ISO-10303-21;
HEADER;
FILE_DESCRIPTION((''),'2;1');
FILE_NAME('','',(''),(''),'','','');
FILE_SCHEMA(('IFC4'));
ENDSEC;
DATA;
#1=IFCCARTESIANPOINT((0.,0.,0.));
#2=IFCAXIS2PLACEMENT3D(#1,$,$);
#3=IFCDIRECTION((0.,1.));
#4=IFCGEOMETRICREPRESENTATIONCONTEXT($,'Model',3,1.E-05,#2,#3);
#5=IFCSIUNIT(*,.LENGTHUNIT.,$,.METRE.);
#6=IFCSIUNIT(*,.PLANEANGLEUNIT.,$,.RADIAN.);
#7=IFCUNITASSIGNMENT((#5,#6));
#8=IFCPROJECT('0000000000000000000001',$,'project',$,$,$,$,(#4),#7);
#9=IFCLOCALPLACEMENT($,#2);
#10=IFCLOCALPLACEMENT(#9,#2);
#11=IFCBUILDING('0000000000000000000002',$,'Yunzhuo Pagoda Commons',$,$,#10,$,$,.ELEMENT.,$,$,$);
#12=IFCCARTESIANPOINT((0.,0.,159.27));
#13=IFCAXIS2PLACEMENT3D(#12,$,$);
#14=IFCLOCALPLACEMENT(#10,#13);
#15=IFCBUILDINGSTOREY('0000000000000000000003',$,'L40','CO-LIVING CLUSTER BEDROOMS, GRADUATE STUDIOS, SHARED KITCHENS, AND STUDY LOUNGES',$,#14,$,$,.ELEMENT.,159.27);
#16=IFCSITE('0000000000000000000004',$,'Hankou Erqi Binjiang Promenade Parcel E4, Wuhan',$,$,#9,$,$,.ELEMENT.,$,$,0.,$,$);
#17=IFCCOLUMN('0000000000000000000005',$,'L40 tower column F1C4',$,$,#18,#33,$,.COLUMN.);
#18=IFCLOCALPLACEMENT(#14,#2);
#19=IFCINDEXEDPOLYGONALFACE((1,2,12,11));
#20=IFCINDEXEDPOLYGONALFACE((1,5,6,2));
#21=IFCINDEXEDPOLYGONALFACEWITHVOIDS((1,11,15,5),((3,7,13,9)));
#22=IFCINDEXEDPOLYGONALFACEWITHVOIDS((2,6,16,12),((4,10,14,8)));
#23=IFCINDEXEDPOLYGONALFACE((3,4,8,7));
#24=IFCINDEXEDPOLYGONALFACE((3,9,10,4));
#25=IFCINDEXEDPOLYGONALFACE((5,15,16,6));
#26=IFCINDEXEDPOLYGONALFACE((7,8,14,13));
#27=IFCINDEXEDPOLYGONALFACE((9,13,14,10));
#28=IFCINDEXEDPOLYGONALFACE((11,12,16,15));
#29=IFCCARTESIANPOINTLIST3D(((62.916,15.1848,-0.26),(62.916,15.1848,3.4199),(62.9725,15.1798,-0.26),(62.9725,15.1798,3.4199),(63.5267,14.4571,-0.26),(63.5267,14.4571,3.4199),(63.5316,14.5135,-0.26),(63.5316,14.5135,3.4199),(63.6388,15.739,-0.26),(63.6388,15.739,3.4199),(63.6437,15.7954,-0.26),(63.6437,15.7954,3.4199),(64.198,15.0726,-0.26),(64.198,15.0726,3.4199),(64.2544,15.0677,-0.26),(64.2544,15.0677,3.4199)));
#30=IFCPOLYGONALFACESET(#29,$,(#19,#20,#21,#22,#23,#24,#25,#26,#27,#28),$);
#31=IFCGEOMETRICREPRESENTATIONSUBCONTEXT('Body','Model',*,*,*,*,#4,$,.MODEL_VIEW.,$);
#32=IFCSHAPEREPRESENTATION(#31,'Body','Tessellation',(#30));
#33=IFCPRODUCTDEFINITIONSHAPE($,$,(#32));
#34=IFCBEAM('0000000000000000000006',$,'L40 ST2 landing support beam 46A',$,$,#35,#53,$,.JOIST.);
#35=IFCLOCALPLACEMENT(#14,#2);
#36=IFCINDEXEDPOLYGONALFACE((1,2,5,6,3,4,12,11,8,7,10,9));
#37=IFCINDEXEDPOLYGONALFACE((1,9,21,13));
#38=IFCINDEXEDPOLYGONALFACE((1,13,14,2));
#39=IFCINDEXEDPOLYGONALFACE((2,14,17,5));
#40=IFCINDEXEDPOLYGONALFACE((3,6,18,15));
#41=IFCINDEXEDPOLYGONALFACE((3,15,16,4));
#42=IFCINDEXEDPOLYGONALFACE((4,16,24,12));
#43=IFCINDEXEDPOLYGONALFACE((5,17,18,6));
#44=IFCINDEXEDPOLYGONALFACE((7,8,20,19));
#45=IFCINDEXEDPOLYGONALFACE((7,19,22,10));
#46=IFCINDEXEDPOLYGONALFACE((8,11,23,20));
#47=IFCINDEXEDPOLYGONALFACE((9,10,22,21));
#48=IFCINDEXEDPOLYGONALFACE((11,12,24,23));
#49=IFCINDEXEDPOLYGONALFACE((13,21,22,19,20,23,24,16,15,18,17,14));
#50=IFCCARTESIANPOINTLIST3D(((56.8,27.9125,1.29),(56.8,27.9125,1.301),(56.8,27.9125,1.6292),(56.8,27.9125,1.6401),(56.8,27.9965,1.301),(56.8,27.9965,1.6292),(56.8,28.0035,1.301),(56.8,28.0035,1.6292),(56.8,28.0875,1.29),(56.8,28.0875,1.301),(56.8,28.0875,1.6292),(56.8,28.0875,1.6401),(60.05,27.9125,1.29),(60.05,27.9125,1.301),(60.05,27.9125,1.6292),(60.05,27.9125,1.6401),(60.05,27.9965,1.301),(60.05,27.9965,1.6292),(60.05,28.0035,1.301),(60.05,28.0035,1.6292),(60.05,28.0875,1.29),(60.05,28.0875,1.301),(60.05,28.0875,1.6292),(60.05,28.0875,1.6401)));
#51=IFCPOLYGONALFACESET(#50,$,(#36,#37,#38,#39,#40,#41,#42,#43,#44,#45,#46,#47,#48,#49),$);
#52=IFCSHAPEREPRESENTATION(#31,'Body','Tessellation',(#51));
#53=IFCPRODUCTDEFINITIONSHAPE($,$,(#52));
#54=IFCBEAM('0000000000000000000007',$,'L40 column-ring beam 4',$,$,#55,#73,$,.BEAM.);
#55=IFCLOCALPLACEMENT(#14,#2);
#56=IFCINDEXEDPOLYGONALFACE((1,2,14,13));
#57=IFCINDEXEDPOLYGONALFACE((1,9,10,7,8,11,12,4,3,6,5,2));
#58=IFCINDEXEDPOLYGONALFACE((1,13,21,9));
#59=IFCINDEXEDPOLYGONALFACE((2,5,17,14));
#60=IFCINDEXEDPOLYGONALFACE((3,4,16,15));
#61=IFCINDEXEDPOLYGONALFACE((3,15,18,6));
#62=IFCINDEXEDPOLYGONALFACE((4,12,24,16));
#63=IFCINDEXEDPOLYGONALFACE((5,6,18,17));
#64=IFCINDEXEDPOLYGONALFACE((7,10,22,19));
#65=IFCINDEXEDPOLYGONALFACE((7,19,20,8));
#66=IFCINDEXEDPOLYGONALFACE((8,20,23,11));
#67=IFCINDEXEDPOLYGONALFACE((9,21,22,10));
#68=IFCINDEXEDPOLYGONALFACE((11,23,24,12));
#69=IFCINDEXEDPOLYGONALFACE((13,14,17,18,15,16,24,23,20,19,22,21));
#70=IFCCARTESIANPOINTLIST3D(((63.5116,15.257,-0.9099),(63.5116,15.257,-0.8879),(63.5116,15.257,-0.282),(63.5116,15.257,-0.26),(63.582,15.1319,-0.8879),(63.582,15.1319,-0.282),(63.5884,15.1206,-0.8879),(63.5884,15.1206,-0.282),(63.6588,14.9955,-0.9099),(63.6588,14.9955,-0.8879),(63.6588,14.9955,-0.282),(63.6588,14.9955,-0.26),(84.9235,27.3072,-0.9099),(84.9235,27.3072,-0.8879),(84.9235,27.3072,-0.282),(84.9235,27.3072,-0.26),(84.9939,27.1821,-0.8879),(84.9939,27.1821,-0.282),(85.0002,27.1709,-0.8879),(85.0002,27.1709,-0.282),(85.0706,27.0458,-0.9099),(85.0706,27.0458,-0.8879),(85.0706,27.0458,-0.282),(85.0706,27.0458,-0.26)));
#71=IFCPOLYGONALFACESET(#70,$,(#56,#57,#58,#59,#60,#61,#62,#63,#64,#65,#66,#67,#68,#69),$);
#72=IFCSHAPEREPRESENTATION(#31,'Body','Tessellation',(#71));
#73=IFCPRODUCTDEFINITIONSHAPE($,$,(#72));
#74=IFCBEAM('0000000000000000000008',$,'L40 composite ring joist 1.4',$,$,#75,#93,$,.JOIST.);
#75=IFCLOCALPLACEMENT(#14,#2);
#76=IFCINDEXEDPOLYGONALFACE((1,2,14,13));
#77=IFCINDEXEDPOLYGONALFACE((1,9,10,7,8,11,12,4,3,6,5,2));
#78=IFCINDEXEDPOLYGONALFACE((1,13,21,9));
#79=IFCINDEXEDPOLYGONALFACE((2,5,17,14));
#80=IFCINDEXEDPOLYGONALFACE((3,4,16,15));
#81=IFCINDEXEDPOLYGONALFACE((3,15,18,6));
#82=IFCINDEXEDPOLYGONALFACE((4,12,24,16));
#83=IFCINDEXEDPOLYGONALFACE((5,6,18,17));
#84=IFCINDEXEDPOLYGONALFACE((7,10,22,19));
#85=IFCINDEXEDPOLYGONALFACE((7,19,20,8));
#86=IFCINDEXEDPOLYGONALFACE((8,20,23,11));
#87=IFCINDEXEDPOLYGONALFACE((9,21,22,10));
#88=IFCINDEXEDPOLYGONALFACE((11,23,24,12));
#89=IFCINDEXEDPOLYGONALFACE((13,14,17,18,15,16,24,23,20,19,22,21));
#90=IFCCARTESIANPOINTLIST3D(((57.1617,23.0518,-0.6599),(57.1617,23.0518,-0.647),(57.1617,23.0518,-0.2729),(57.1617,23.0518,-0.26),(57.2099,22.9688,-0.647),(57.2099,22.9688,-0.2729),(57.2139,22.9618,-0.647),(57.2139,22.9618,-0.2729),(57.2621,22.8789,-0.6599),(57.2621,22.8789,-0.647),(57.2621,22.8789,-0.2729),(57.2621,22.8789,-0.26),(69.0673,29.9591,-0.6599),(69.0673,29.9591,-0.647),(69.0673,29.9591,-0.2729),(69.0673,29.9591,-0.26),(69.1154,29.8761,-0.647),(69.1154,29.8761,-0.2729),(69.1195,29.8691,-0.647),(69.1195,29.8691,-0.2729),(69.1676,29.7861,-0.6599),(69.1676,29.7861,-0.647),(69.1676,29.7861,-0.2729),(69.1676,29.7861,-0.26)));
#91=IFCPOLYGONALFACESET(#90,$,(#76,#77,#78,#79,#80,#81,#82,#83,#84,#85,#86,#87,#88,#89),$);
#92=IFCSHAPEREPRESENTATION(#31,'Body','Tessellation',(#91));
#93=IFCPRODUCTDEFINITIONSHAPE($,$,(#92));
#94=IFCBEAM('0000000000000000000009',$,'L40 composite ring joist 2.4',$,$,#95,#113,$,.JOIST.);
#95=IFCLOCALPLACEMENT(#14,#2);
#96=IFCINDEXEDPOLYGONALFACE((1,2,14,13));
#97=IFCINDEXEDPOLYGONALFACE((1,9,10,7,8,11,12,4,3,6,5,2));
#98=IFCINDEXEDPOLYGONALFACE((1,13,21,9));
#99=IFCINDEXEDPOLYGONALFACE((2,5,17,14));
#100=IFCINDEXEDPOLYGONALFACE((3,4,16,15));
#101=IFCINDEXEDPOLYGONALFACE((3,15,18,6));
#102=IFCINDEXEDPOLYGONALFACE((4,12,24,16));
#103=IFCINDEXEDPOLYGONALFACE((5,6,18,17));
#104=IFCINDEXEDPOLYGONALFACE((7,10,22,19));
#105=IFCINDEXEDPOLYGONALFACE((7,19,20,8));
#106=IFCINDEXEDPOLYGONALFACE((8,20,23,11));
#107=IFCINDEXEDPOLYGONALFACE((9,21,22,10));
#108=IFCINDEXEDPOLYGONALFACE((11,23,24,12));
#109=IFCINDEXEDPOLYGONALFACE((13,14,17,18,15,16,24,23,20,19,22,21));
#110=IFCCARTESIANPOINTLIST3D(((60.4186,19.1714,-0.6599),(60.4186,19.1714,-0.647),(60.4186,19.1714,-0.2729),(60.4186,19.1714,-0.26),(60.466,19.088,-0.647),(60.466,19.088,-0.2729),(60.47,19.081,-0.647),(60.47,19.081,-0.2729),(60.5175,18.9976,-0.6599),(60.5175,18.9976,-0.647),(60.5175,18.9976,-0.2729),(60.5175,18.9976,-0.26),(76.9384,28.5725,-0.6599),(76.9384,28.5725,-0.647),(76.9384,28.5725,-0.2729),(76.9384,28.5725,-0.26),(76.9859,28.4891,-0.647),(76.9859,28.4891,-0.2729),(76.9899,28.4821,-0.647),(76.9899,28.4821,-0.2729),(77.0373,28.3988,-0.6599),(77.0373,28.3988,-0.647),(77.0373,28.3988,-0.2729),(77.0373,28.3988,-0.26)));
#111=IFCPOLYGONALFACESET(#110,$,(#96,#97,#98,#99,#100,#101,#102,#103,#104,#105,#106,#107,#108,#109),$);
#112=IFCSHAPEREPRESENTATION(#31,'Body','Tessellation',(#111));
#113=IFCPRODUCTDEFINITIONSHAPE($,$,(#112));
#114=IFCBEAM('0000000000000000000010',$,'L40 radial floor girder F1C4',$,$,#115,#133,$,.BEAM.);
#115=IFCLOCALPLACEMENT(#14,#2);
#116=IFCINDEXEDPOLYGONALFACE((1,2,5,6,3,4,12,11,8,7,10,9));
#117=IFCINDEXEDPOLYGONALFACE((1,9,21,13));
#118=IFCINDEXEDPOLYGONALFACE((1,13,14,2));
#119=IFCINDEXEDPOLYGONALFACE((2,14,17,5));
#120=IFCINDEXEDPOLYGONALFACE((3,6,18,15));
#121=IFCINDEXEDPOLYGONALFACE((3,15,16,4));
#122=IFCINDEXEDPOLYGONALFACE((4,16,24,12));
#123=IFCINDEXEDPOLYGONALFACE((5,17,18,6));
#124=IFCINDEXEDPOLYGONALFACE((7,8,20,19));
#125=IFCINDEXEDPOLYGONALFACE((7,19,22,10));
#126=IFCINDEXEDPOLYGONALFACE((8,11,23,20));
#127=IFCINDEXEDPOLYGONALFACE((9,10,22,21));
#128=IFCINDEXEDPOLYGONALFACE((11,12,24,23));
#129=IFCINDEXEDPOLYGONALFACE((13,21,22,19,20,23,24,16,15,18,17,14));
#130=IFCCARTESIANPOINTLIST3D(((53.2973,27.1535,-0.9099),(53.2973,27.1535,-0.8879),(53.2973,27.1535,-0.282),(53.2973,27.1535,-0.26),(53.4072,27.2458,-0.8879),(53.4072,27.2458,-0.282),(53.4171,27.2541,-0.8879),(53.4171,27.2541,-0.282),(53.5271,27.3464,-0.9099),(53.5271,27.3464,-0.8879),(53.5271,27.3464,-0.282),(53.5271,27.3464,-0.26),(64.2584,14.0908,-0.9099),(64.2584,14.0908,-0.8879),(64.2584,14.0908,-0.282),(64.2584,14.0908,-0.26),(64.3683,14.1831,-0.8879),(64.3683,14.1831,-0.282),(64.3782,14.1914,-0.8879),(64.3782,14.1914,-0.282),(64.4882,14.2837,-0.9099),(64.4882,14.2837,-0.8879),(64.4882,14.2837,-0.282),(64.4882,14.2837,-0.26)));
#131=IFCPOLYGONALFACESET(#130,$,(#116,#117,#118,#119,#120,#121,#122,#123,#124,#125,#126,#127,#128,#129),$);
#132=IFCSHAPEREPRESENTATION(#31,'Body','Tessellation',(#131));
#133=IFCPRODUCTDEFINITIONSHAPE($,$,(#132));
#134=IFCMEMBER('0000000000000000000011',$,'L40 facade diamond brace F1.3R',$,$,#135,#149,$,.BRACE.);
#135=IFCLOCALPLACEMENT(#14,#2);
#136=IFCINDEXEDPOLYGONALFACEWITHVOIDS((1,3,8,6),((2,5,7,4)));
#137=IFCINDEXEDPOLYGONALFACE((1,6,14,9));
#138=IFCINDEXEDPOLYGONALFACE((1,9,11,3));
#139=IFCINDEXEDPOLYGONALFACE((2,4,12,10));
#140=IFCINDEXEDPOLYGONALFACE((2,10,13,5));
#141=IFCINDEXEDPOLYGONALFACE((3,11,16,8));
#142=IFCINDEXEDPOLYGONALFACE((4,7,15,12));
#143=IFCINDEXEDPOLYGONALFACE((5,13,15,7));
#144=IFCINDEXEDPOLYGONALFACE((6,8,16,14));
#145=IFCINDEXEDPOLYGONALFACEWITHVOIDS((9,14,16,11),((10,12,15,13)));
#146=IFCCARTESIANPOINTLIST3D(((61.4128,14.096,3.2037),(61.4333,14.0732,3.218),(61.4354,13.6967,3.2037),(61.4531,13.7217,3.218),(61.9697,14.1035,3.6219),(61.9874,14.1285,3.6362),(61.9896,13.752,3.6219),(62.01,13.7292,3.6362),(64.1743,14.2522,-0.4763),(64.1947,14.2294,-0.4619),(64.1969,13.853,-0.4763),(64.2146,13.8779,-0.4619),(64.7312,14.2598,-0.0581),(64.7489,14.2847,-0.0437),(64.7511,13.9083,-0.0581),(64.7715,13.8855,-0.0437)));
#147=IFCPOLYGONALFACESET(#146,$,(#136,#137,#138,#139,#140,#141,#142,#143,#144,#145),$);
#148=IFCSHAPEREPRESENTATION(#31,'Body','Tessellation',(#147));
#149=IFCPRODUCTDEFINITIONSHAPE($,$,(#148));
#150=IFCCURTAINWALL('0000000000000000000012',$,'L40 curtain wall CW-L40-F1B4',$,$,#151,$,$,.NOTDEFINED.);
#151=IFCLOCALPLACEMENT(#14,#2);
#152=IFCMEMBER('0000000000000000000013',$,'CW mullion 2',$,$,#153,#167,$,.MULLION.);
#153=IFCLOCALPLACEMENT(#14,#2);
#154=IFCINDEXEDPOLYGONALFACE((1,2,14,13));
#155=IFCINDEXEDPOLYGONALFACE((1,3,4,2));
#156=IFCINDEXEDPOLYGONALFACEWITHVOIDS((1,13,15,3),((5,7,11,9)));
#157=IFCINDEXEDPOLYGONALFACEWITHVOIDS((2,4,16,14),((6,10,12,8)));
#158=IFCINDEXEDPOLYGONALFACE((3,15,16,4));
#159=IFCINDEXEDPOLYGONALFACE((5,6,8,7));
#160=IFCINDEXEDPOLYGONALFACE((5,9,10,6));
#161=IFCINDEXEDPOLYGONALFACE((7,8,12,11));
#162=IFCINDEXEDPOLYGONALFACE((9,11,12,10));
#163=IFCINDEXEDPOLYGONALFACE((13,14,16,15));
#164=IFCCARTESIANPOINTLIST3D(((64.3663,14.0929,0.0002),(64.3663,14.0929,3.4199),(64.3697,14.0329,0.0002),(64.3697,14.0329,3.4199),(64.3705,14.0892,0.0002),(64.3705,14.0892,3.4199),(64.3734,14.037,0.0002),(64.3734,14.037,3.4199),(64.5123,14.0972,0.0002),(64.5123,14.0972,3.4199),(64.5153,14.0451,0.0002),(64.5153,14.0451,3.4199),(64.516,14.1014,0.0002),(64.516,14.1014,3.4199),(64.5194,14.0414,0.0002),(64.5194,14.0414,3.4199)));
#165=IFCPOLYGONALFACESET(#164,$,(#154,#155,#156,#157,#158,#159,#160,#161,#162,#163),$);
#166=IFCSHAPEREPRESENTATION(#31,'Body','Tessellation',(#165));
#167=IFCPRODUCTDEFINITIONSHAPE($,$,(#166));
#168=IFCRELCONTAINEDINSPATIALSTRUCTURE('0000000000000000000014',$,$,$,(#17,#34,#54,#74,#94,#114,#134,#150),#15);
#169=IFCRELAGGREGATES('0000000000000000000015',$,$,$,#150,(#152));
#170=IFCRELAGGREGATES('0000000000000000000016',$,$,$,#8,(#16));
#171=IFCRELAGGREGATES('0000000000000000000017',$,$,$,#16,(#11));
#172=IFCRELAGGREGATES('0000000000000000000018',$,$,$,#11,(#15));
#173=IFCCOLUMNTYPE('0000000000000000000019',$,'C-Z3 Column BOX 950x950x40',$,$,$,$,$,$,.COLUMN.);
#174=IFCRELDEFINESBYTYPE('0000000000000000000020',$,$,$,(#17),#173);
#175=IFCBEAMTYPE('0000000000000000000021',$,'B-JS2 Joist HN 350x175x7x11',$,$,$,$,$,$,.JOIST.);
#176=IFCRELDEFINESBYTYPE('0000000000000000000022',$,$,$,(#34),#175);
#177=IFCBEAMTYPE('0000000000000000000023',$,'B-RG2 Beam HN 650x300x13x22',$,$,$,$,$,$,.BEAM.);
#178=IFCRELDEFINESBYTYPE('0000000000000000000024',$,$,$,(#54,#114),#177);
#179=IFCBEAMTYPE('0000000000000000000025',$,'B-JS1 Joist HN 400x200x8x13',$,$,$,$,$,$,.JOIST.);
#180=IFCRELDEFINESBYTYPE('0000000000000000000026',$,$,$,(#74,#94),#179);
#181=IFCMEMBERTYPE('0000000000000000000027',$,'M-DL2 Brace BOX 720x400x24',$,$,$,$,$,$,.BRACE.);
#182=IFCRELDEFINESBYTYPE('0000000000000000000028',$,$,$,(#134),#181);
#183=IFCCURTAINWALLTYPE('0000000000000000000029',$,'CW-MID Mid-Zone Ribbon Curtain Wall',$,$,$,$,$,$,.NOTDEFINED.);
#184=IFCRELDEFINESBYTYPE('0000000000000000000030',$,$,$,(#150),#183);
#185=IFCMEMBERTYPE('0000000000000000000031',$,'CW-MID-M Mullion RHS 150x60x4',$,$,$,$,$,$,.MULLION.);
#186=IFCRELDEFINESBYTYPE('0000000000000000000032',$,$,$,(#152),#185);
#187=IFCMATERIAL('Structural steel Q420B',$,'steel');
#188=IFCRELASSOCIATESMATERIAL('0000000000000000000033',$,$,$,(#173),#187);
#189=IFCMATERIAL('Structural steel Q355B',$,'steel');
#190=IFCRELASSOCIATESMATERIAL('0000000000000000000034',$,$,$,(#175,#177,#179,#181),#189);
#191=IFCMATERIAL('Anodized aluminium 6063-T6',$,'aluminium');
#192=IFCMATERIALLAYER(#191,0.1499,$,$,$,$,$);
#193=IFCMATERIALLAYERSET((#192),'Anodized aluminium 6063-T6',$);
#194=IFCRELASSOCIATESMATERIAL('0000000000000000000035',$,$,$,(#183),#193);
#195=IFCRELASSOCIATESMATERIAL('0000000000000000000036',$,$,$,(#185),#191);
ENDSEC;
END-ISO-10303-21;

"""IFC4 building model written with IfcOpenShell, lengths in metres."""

from ifc_helpers import new_model, si_unit, direction, frame, origin, origin_2d, place, context, subcontext, project, spatial, hollow_rectangle, i_section, extrude, source, transform, mapped, material, layer, layer_set, material_profile, profile_set, type_object, element, aggregate, save


model = new_model("IFC4")

# Units and contexts
model_context = context("Model", 3, precision=1e-05, world=origin(), true_north=direction((0.0, 1.0)))
body_context = subcontext(model_context, "Body", "Model", "MODEL_VIEW")
ifc_project = project(units=[si_unit("LENGTHUNIT", "METRE"), si_unit("PLANEANGLEUNIT", "RADIAN")], contexts=[model_context])

# Site, building, storey
site_placement = place(None, origin())
site = spatial("IfcSite", under=ifc_project, at=site_placement, Name="Hankou Erqi Binjiang Promenade Parcel E4, Wuhan", CompositionType="ELEMENT", RefElevation=0.0)
building_placement = place(site_placement, origin())
building = spatial("IfcBuilding", under=site, at=building_placement, Name="Yunzhuo Pagoda Commons", CompositionType="ELEMENT")
storey_placement = place(building_placement, frame((0.0, 0.0, 159.27)))
storey = spatial("IfcBuildingStorey", under=building, at=storey_placement, Name="L40", Description="CO-LIVING CLUSTER BEDROOMS, GRADUATE STUDIOS, SHARED KITCHENS, AND STUDY LOUNGES", CompositionType="ELEMENT", Elevation=159.27)

# Column
ifc_material_1 = material(Name="Structural steel Q420B", Category="steel")
ifc_material_profile_1 = material_profile(ifc_material_1, hollow_rectangle(XDim=0.95, YDim=0.95, WallThickness=0.04, at=origin_2d()), Name="Structural steel Q420B")
ifc_profile_set_1 = profile_set([ifc_material_profile_1], Name="Structural steel Q420B")
column_type = type_object("IfcColumnType", Name="C-Z3 Column BOX 950x950x40", PredefinedType="COLUMN", material=ifc_profile_set_1)
shared_shape_1 = source(origin(), body_context, "Body", "SweptSolid", [
    extrude(hollow_rectangle(XDim=0.95, YDim=0.95, WallThickness=0.04, at=origin_2d()), origin(), (0.0, 0.0, 1.0), 3.6799),
])
column_placement = place(storey_placement, frame((63.5852, 15.1262, -0.26), z_axis=(0.0, 0.0, 1.0), x_axis=(0.766044, 0.642788, 0.0)))
element("IfcColumn", 1, at=column_placement, inside=storey, type_object=column_type, Name="L40 tower column F1C4", PredefinedType="COLUMN", context=body_context, shape_type="MappedRepresentation", body=[
    mapped(shared_shape_1, transform((0.0, 0.0, 0.0), scale=1.0)),
])

# Beams
ifc_material_2 = material(Name="Structural steel Q355B", Category="steel")
ifc_material_profile_2 = material_profile(ifc_material_2, i_section(OverallWidth=0.175, OverallDepth=0.3501, WebThickness=0.0071, FlangeThickness=0.011, at=origin_2d()), Name="Structural steel Q355B")
ifc_profile_set_2 = profile_set([ifc_material_profile_2], Name="Structural steel Q355B")
beam_type_1 = type_object("IfcBeamType", Name="B-JS2 Joist HN 350x175x7x11", PredefinedType="JOIST", material=ifc_profile_set_2)
shared_shape_2 = source(origin(), body_context, "Body", "SweptSolid", [
    extrude(i_section(OverallWidth=0.175, OverallDepth=0.3501, WebThickness=0.0071, FlangeThickness=0.011, at=origin_2d()), origin(), (0.0, 0.0, 1.0), 3.25),
])
beam_1_placement = place(storey_placement, frame((56.8, 28.0, 1.4651), z_axis=(1.0, 0.0, 0.0), x_axis=(0.0, 1.0, 0.0)))
element("IfcBeam", 2, at=beam_1_placement, inside=storey, type_object=beam_type_1, Name="L40 ST2 landing support beam 46A", PredefinedType="JOIST", context=body_context, shape_type="MappedRepresentation", body=[
    mapped(shared_shape_2, transform((0.0, 0.0, 0.0), scale=1.0)),
])
ifc_material_profile_3 = material_profile(ifc_material_2, i_section(OverallWidth=0.3, OverallDepth=0.6499, WebThickness=0.0129, FlangeThickness=0.022, at=origin_2d()), Name="Structural steel Q355B")
ifc_profile_set_3 = profile_set([ifc_material_profile_3], Name="Structural steel Q355B")
beam_type_2 = type_object("IfcBeamType", Name="B-RG2 Beam HN 650x300x13x22", PredefinedType="BEAM", material=ifc_profile_set_3)
shared_shape_3 = source(origin(), body_context, "Body", "SweptSolid", [
    extrude(i_section(OverallWidth=0.3, OverallDepth=0.6499, WebThickness=0.0129, FlangeThickness=0.022, at=origin_2d()), origin(), (0.0, 0.0, 1.0), 24.5698),
])
beam_2_placement = place(storey_placement, frame((63.5852, 15.1262, -0.585), z_axis=(0.871469, 0.49045, 0.0), x_axis=(-0.49045, 0.871469, 0.0)))
element("IfcBeam", 3, at=beam_2_placement, inside=storey, type_object=beam_type_2, Name="L40 column-ring beam 4", PredefinedType="BEAM", context=body_context, shape_type="MappedRepresentation", body=[
    mapped(shared_shape_3, transform((0.0, 0.0, 0.0), scale=1.0)),
])
ifc_material_profile_4 = material_profile(ifc_material_2, i_section(OverallWidth=0.2, OverallDepth=0.3999, WebThickness=0.0081, FlangeThickness=0.0129, at=origin_2d()), Name="Structural steel Q355B")
ifc_profile_set_4 = profile_set([ifc_material_profile_4], Name="Structural steel Q355B")
beam_type_3 = type_object("IfcBeamType", Name="B-JS1 Joist HN 400x200x8x13", PredefinedType="JOIST", material=ifc_profile_set_4)
shared_shape_4 = source(origin(), body_context, "Body", "SweptSolid", [
    extrude(i_section(OverallWidth=0.2, OverallDepth=0.3999, WebThickness=0.0081, FlangeThickness=0.0129, at=origin_2d()), origin(), (0.0, 0.0, 1.0), 13.7642),
])
beam_3_placement = place(storey_placement, frame((57.2119, 22.9653, -0.46), z_axis=(0.864967, 0.501828, 0.0), x_axis=(-0.501828, 0.864967, 0.0)))
element("IfcBeam", 4, at=beam_3_placement, inside=storey, type_object=beam_type_3, Name="L40 composite ring joist 1.4", PredefinedType="JOIST", context=body_context, shape_type="MappedRepresentation", body=[
    mapped(shared_shape_4, transform((0.0, 0.0, 0.0), scale=1.0)),
])
shared_shape_5 = source(origin(), body_context, "Body", "SweptSolid", [
    extrude(i_section(OverallWidth=0.2, OverallDepth=0.3999, WebThickness=0.0081, FlangeThickness=0.0129, at=origin_2d()), origin(), (0.0, 0.0, 1.0), 19.0076),
])
beam_4_placement = place(storey_placement, frame((60.468, 19.0845, -0.46), z_axis=(0.86912, 0.494601, 0.0), x_axis=(-0.494601, 0.86912, 0.0)))
element("IfcBeam", 5, at=beam_4_placement, inside=storey, type_object=beam_type_3, Name="L40 composite ring joist 2.4", PredefinedType="JOIST", context=body_context, shape_type="MappedRepresentation", body=[
    mapped(shared_shape_5, transform((0.0, 0.0, 0.0), scale=1.0)),
])
shared_shape_6 = source(origin(), body_context, "Body", "SweptSolid", [
    extrude(i_section(OverallWidth=0.3, OverallDepth=0.6499, WebThickness=0.0129, FlangeThickness=0.022, at=origin_2d()), origin(), (0.0, 0.0, 1.0), 17.0522),
])
beam_5_placement = place(storey_placement, frame((64.3733, 14.1873, -0.585), z_axis=(-0.642796, 0.766038, 0.0), x_axis=(-0.766038, -0.642796, 0.0)))
element("IfcBeam", 6, at=beam_5_placement, inside=storey, type_object=beam_type_2, Name="L40 radial floor girder F1C4", PredefinedType="BEAM", context=body_context, shape_type="MappedRepresentation", body=[
    mapped(shared_shape_6, transform((0.0, 0.0, 0.0), scale=1.0)),
])

# Member
ifc_material_profile_5 = material_profile(ifc_material_2, hollow_rectangle(XDim=0.3999, YDim=0.72, WallThickness=0.0239, at=origin_2d()), Name="Structural steel Q355B")
ifc_profile_set_5 = profile_set([ifc_material_profile_5], Name="Structural steel Q355B")
member_type_1 = type_object("IfcMemberType", Name="M-DL2 Brace BOX 720x400x24", PredefinedType="BRACE", material=ifc_profile_set_5)
shared_shape_7 = source(origin(), body_context, "Body", "SweptSolid", [
    extrude(hollow_rectangle(XDim=0.3999, YDim=0.72, WallThickness=0.0239, at=origin_2d()), origin(), (0.0, 0.0, 1.0), 4.6035),
])
member_1_placement = place(storey_placement, frame((64.4729, 14.0688, -0.26), z_axis=(-0.599866, -0.033942, 0.79938), x_axis=(0.056492, -0.998403, 0.0)))
element("IfcMember", 7, at=member_1_placement, inside=storey, type_object=member_type_1, Name="L40 facade diamond brace F1.3R", PredefinedType="BRACE", context=body_context, shape_type="MappedRepresentation", body=[
    mapped(shared_shape_7, transform((0.0, 0.0, 0.0), scale=1.0)),
])

# Curtain wall, member
ifc_material_3 = material(Name="Anodized aluminium 6063-T6", Category="aluminium")
ifc_layer_1 = layer(ifc_material_3, 0.1499)
ifc_layer_set_1 = layer_set([ifc_layer_1], Name="Anodized aluminium 6063-T6")
curtain_wall_type = type_object("IfcCurtainWallType", Name="CW-MID Mid-Zone Ribbon Curtain Wall", PredefinedType="NOTDEFINED", material=ifc_layer_set_1)
curtain_wall_1_placement = place(storey_placement, origin())
curtain_wall_1 = element("IfcCurtainWall", 8, at=curtain_wall_1_placement, inside=storey, type_object=curtain_wall_type, Name="L40 curtain wall CW-L40-F1B4", PredefinedType="NOTDEFINED")
ifc_material_profile_6 = material_profile(ifc_material_3, hollow_rectangle(XDim=0.0601, YDim=0.1499, WallThickness=0.0039, at=origin_2d()), Name="Anodized aluminium 6063-T6")
ifc_profile_set_6 = profile_set([ifc_material_profile_6], Name="Anodized aluminium 6063-T6")
member_type_2 = type_object("IfcMemberType", Name="CW-MID-M Mullion RHS 150x60x4", PredefinedType="MULLION", material=ifc_profile_set_6)
shared_shape_8 = source(origin(), body_context, "Body", "SweptSolid", [
    extrude(hollow_rectangle(XDim=0.0601, YDim=0.1499, WallThickness=0.0039, at=origin_2d()), origin(), (0.0, 0.0, 1.0), 3.4197),
])
member_2_placement = place(storey_placement, frame((64.4429, 14.0671, 0.0002), z_axis=(0.0, 0.0, 1.0), x_axis=(-0.056459, 0.998405, 0.0)))
member_2 = element("IfcMember", 9, at=member_2_placement, type_object=member_type_2, Name="CW mullion 2", PredefinedType="MULLION", context=body_context, shape_type="MappedRepresentation", body=[
    mapped(shared_shape_8, transform((0.0, 0.0, 0.0), scale=1.0)),
])

aggregate(curtain_wall_1, [member_2])

save(model, "model.ifc")
